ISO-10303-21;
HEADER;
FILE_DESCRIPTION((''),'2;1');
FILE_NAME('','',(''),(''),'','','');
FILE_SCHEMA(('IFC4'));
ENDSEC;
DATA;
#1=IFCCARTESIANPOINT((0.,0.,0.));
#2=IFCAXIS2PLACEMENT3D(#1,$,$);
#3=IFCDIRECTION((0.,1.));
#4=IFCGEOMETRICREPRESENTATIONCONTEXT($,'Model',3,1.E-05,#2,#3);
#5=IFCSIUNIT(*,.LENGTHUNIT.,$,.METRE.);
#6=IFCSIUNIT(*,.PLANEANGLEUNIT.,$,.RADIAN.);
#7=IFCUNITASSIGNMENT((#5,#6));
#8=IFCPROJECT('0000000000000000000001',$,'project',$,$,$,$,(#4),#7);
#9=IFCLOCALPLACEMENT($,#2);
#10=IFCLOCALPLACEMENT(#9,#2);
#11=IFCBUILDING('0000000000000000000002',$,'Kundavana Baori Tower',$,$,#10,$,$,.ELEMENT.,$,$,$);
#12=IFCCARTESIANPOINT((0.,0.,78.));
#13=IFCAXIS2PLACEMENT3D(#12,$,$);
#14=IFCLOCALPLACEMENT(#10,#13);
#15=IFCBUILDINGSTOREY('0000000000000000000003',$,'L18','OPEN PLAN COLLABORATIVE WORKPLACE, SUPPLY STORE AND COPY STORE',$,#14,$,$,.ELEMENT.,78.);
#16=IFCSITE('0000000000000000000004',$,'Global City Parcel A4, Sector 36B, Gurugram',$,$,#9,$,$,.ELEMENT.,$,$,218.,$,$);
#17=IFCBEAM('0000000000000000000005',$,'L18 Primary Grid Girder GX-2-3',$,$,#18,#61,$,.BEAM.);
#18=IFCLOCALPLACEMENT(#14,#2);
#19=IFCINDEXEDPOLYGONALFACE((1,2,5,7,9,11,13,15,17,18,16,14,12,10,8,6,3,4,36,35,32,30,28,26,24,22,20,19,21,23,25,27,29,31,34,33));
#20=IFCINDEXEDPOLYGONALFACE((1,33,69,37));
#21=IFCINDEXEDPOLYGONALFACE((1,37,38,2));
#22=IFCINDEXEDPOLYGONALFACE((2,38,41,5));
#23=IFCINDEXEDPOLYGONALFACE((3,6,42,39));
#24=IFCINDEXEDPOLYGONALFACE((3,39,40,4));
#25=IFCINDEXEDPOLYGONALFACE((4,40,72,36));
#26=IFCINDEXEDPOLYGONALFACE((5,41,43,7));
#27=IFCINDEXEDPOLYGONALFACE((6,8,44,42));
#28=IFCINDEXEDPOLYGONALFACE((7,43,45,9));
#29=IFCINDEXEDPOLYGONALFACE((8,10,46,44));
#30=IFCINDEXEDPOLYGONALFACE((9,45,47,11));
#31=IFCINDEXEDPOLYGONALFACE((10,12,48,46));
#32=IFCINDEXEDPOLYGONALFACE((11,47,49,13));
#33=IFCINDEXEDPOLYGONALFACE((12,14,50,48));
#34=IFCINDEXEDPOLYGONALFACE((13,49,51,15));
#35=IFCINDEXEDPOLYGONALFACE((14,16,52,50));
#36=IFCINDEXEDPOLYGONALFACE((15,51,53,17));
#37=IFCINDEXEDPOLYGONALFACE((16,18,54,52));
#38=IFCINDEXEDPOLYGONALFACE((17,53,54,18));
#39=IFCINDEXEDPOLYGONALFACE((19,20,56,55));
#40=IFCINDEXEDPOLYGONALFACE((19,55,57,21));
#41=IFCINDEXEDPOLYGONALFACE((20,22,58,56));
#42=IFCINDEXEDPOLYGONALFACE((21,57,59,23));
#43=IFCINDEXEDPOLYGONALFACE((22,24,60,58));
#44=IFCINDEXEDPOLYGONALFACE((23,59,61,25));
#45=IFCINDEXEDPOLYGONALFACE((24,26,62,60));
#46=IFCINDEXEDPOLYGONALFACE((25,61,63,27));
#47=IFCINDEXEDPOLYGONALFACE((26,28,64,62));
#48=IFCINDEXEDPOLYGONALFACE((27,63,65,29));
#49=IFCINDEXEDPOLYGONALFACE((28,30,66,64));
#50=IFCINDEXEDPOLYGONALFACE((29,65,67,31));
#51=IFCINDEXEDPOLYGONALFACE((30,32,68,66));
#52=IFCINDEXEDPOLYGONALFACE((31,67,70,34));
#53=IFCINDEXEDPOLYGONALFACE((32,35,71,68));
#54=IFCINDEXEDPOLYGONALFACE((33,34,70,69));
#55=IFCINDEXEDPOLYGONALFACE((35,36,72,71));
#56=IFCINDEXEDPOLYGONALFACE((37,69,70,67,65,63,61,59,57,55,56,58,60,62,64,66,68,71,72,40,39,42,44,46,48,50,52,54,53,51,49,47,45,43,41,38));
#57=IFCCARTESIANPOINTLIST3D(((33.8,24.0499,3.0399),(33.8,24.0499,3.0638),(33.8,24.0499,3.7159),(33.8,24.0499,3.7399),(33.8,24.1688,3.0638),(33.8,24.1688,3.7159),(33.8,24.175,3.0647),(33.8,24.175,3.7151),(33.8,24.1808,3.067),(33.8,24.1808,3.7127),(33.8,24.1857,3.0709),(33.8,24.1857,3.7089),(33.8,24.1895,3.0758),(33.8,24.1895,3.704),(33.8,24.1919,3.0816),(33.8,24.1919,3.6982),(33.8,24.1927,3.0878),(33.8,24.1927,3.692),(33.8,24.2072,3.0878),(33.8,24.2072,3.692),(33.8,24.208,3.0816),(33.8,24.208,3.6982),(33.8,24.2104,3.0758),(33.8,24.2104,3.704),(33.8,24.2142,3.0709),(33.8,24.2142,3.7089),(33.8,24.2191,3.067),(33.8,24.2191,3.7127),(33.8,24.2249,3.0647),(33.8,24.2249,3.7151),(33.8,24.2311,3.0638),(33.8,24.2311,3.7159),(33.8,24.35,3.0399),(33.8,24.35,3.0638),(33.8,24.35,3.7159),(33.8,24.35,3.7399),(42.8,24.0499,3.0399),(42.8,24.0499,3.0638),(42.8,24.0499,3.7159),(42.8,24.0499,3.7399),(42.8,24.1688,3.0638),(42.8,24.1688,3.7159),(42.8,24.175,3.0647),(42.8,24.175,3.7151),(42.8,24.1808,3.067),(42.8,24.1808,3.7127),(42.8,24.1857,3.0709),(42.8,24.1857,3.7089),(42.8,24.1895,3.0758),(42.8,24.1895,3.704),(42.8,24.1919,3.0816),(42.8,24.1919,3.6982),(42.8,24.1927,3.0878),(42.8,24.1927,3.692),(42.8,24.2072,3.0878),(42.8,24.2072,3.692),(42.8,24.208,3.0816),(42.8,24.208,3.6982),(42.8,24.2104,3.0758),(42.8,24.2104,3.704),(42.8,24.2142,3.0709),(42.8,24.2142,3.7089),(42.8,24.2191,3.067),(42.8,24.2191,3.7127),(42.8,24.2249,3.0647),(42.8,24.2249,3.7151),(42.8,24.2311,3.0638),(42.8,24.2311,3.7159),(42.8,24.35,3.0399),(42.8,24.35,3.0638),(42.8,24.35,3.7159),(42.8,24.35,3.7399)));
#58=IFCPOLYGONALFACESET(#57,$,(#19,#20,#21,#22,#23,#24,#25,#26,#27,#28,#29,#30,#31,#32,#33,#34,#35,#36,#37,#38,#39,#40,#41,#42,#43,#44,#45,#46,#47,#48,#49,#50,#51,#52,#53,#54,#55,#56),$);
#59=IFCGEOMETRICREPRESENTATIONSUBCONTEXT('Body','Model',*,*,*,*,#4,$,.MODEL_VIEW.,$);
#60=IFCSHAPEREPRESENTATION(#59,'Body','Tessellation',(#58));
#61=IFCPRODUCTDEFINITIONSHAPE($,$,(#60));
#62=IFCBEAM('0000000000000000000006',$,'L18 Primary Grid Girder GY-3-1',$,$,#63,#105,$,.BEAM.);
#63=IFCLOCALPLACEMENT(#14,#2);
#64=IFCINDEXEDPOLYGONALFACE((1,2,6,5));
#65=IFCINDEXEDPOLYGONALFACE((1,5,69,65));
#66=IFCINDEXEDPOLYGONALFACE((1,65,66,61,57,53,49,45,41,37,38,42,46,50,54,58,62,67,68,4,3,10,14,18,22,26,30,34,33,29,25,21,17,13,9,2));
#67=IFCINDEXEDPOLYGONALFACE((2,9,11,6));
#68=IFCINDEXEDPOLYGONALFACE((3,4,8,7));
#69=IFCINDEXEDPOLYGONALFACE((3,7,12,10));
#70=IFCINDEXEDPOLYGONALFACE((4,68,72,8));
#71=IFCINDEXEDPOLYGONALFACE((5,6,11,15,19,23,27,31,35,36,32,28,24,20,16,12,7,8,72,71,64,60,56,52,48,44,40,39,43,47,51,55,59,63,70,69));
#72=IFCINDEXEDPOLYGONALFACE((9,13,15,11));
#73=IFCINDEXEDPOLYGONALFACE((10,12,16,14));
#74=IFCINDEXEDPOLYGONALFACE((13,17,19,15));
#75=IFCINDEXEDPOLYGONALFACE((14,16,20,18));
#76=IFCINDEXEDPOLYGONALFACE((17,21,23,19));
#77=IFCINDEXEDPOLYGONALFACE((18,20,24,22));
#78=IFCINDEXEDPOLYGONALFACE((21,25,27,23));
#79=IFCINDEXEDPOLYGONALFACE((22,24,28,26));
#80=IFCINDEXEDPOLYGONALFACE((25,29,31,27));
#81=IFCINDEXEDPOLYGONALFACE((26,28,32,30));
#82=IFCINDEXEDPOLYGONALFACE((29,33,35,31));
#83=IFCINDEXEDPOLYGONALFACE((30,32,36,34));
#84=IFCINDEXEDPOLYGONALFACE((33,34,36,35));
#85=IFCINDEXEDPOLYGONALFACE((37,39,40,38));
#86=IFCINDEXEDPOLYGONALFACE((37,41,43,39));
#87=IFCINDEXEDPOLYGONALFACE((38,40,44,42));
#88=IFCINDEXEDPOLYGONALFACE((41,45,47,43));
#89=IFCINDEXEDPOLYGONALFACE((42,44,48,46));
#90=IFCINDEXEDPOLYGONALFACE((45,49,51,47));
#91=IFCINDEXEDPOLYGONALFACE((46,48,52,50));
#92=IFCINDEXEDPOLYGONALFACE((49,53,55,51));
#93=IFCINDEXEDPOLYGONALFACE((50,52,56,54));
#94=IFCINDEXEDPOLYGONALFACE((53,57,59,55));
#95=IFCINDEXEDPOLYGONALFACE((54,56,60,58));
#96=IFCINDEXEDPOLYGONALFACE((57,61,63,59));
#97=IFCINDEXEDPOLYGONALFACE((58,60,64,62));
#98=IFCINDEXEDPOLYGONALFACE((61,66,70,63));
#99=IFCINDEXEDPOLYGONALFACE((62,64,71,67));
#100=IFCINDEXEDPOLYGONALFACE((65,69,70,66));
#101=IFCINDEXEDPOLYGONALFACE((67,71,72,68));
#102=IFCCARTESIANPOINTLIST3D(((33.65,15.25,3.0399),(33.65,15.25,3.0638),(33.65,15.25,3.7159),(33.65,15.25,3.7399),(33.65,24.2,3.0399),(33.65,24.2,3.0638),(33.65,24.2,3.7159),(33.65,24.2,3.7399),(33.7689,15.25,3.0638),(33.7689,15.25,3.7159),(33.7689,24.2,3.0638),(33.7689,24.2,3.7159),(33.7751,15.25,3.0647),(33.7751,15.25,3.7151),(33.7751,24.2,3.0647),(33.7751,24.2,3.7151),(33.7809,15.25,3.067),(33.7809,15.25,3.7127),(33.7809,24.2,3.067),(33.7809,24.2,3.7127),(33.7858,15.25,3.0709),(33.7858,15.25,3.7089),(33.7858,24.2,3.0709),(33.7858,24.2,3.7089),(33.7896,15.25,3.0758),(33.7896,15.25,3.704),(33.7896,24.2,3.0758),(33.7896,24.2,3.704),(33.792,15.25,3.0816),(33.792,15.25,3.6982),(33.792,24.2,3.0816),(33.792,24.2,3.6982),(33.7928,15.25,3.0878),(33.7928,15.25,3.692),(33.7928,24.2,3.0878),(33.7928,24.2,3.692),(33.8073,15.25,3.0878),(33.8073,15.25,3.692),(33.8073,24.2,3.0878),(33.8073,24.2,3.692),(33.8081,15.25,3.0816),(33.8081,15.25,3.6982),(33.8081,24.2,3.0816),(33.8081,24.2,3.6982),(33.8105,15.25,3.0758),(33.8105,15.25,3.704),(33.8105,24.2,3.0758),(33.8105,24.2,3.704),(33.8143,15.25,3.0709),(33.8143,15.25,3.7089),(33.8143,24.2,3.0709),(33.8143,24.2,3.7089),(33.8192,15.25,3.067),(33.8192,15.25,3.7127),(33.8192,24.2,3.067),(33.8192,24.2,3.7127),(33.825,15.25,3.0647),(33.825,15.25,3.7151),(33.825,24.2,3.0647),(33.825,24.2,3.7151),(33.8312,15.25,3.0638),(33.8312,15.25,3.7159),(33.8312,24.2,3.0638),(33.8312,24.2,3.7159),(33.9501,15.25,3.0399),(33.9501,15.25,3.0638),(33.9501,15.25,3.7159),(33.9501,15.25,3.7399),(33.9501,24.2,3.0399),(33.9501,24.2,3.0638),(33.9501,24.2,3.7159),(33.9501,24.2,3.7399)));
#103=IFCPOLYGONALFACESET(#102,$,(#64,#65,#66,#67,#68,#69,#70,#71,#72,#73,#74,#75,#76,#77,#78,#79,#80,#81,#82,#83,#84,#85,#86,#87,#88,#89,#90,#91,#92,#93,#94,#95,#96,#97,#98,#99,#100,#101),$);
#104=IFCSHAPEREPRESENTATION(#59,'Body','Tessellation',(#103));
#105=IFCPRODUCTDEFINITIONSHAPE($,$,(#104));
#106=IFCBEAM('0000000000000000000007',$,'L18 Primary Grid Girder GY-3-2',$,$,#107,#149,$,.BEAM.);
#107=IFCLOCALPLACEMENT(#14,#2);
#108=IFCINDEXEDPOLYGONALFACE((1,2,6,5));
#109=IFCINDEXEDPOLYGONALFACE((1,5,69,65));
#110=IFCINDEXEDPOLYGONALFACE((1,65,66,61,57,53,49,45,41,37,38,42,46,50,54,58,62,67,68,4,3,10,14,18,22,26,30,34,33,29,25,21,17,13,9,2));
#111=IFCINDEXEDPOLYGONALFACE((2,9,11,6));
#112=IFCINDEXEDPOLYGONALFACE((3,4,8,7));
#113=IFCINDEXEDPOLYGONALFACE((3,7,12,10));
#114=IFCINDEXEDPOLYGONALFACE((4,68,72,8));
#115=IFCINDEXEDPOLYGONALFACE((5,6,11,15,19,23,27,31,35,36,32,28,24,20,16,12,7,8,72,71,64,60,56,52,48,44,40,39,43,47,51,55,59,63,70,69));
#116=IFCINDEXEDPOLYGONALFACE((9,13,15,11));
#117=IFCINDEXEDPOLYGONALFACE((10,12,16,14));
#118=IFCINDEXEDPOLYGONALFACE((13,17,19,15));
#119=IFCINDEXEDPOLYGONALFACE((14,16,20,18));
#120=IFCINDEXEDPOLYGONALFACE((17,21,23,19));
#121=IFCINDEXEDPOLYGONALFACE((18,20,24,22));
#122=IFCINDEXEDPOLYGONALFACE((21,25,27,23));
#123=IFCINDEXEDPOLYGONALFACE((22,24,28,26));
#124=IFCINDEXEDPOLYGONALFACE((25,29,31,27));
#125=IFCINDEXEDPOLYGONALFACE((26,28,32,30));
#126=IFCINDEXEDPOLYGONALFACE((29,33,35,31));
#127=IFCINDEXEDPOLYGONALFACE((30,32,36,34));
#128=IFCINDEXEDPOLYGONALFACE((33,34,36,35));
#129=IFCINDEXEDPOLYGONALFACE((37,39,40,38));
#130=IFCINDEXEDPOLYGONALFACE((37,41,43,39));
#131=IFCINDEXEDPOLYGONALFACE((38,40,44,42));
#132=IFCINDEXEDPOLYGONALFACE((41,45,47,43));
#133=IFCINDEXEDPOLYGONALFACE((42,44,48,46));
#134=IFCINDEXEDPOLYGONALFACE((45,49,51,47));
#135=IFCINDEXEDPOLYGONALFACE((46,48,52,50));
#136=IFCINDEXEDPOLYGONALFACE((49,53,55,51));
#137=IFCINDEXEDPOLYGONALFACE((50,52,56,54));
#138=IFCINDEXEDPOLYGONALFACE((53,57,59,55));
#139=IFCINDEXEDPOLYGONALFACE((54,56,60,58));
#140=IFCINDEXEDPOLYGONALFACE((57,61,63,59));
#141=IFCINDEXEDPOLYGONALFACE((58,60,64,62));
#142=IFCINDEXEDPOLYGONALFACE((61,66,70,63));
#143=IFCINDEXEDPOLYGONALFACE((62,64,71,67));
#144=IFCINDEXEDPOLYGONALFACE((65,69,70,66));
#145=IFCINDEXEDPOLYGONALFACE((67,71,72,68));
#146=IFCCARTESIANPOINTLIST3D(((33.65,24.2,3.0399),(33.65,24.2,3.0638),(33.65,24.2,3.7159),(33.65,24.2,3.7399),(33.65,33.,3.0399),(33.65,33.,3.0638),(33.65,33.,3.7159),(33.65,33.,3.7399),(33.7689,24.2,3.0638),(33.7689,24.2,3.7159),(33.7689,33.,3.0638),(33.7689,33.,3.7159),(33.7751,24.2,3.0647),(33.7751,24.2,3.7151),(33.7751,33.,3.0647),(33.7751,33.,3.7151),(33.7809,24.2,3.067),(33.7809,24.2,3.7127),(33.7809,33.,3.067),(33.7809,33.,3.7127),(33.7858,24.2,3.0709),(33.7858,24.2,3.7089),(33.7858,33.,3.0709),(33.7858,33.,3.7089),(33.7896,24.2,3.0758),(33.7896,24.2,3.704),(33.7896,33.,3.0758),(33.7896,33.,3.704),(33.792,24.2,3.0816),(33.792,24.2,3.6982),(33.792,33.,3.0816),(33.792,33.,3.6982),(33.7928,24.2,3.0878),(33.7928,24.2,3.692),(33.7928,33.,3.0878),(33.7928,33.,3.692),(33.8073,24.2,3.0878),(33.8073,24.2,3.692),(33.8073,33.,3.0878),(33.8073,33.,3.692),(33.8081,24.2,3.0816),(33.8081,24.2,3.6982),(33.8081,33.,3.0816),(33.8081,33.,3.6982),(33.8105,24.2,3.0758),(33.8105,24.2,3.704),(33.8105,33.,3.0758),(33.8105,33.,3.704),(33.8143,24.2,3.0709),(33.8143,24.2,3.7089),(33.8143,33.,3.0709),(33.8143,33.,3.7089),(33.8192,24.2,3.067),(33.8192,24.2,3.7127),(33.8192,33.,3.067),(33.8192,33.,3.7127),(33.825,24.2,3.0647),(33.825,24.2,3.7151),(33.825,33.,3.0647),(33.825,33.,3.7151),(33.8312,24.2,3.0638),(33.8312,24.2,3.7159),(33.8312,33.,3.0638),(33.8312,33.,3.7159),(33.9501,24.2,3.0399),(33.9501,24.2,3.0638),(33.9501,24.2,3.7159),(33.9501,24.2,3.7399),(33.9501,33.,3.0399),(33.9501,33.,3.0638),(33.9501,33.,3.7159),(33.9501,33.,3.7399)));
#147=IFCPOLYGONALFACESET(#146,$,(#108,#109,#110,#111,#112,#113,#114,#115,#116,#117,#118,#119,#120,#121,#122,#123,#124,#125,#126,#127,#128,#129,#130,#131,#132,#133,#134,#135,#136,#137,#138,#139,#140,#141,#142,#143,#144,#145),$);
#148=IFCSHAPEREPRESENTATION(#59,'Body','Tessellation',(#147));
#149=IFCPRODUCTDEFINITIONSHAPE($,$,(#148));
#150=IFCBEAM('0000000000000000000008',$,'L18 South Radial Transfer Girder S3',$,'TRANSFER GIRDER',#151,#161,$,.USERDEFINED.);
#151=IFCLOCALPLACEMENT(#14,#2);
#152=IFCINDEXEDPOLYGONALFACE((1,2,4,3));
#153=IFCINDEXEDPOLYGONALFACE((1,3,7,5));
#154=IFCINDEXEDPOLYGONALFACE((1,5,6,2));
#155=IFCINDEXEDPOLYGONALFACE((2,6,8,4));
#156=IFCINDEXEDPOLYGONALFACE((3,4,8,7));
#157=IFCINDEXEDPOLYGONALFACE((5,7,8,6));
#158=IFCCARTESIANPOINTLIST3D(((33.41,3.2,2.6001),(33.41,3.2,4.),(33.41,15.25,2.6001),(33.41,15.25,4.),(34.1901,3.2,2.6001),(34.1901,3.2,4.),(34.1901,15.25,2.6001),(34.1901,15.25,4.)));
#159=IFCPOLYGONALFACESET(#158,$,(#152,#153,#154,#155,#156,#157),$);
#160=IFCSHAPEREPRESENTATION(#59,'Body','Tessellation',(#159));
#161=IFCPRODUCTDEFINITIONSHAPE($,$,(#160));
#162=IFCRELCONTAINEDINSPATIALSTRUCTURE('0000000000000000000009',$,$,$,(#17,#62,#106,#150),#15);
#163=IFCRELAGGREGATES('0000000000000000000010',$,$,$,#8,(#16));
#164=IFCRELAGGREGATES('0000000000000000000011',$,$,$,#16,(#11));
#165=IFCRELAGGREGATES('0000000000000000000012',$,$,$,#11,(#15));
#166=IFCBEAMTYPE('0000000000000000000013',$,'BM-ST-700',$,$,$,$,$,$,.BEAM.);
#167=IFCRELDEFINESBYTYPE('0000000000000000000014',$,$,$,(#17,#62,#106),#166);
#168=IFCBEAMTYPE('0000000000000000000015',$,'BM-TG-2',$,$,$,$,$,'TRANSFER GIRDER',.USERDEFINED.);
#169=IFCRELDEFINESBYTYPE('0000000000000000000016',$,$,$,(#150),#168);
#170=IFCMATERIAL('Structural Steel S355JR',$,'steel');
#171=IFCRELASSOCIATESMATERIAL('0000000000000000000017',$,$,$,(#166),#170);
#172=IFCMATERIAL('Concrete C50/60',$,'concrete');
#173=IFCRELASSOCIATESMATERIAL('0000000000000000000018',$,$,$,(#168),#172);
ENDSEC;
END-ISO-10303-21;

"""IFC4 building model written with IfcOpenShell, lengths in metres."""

from ifc_helpers import new_model, si_unit, direction, frame, origin, origin_2d, place, context, subcontext, project, spatial, rectangle, i_section, extrude, material, material_profile, profile_set, type_object, element, save


model = new_model("IFC4")

# Units and contexts
model_context = context("Model", 3, precision=1e-05, world=origin(), true_north=direction((0.0, 1.0)))
body_context = subcontext(model_context, "Body", "Model", "MODEL_VIEW")
ifc_project = project(units=[si_unit("LENGTHUNIT", "METRE"), si_unit("PLANEANGLEUNIT", "RADIAN")], contexts=[model_context])

# Site, building, storey
site_placement = place(None, origin())
site = spatial("IfcSite", under=ifc_project, at=site_placement, Name="Global City Parcel A4, Sector 36B, Gurugram", CompositionType="ELEMENT", RefElevation=218.0)
building_placement = place(site_placement, origin())
building = spatial("IfcBuilding", under=site, at=building_placement, Name="Kundavana Baori Tower", CompositionType="ELEMENT")
storey_placement = place(building_placement, frame((0.0, 0.0, 78.0)))
storey = spatial("IfcBuildingStorey", under=building, at=storey_placement, Name="L18", Description="OPEN PLAN COLLABORATIVE WORKPLACE, SUPPLY STORE AND COPY STORE", CompositionType="ELEMENT", Elevation=78.0)

# Beams
ifc_material_1 = material(Name="Structural Steel S355JR", Category="steel")
ifc_material_profile_1 = material_profile(ifc_material_1, i_section(OverallWidth=0.3, OverallDepth=0.7, WebThickness=0.0144, FlangeThickness=0.0239, FilletRadius=0.0239, at=origin_2d()), Name="NPB 700x300x170")
ifc_profile_set_1 = profile_set([ifc_material_profile_1], Name="Structural Steel S355JR")
beam_type_1 = type_object("IfcBeamType", Name="BM-ST-700", PredefinedType="BEAM", material=ifc_profile_set_1)
beam_1_placement = place(storey_placement, frame((33.8, 24.2, 3.3899), z_axis=(1.0, 0.0, 0.0), x_axis=(0.0, 1.0, 0.0)))
element("IfcBeam", 1, at=beam_1_placement, inside=storey, type_object=beam_type_1, Name="L18 Primary Grid Girder GX-2-3", PredefinedType="BEAM", context=body_context, shape_type="SweptSolid", body=[
    extrude(i_section(OverallWidth=0.3, OverallDepth=0.7, WebThickness=0.0144, FlangeThickness=0.0239, FilletRadius=0.0239, at=origin_2d()), origin(), (0.0, 0.0, 1.0), 9.0),
])
beam_2_placement = place(storey_placement, frame((33.8, 15.25, 3.3899), z_axis=(0.0, 1.0, 0.0), x_axis=(-1.0, 0.0, 0.0)))
element("IfcBeam", 2, at=beam_2_placement, inside=storey, type_object=beam_type_1, Name="L18 Primary Grid Girder GY-3-1", PredefinedType="BEAM", context=body_context, shape_type="SweptSolid", body=[
    extrude(i_section(OverallWidth=0.3, OverallDepth=0.7, WebThickness=0.0144, FlangeThickness=0.0239, FilletRadius=0.0239, at=origin_2d()), origin(), (0.0, 0.0, 1.0), 8.95),
])
beam_3_placement = place(storey_placement, frame((33.8, 24.2, 3.3899), z_axis=(0.0, 1.0, 0.0), x_axis=(-1.0, 0.0, 0.0)))
element("IfcBeam", 3, at=beam_3_placement, inside=storey, type_object=beam_type_1, Name="L18 Primary Grid Girder GY-3-2", PredefinedType="BEAM", context=body_context, shape_type="SweptSolid", body=[
    extrude(i_section(OverallWidth=0.3, OverallDepth=0.7, WebThickness=0.0144, FlangeThickness=0.0239, FilletRadius=0.0239, at=origin_2d()), origin(), (0.0, 0.0, 1.0), 8.8),
])
ifc_material_2 = material(Name="Concrete C50/60", Category="concrete")
ifc_material_profile_2 = material_profile(ifc_material_2, rectangle(XDim=0.78, YDim=1.3999, at=origin_2d()), Name="BM-TG-2")
ifc_profile_set_2 = profile_set([ifc_material_profile_2], Name="Concrete C50/60")
beam_type_2 = type_object("IfcBeamType", Name="BM-TG-2", ElementType="TRANSFER GIRDER", PredefinedType="USERDEFINED", material=ifc_profile_set_2)
beam_4_placement = place(storey_placement, frame((33.8, 15.25, 3.3), z_axis=(0.0, -1.0, 0.0), x_axis=(1.0, 0.0, 0.0)))
element("IfcBeam", 4, at=beam_4_placement, inside=storey, type_object=beam_type_2, Name="L18 South Radial Transfer Girder S3", ObjectType="TRANSFER GIRDER", PredefinedType="USERDEFINED", context=body_context, shape_type="SweptSolid", body=[
    extrude(rectangle(XDim=0.78, YDim=1.3999, at=origin_2d()), origin(), (0.0, 0.0, 1.0), 12.05),
])

save(model, "model.ifc")
